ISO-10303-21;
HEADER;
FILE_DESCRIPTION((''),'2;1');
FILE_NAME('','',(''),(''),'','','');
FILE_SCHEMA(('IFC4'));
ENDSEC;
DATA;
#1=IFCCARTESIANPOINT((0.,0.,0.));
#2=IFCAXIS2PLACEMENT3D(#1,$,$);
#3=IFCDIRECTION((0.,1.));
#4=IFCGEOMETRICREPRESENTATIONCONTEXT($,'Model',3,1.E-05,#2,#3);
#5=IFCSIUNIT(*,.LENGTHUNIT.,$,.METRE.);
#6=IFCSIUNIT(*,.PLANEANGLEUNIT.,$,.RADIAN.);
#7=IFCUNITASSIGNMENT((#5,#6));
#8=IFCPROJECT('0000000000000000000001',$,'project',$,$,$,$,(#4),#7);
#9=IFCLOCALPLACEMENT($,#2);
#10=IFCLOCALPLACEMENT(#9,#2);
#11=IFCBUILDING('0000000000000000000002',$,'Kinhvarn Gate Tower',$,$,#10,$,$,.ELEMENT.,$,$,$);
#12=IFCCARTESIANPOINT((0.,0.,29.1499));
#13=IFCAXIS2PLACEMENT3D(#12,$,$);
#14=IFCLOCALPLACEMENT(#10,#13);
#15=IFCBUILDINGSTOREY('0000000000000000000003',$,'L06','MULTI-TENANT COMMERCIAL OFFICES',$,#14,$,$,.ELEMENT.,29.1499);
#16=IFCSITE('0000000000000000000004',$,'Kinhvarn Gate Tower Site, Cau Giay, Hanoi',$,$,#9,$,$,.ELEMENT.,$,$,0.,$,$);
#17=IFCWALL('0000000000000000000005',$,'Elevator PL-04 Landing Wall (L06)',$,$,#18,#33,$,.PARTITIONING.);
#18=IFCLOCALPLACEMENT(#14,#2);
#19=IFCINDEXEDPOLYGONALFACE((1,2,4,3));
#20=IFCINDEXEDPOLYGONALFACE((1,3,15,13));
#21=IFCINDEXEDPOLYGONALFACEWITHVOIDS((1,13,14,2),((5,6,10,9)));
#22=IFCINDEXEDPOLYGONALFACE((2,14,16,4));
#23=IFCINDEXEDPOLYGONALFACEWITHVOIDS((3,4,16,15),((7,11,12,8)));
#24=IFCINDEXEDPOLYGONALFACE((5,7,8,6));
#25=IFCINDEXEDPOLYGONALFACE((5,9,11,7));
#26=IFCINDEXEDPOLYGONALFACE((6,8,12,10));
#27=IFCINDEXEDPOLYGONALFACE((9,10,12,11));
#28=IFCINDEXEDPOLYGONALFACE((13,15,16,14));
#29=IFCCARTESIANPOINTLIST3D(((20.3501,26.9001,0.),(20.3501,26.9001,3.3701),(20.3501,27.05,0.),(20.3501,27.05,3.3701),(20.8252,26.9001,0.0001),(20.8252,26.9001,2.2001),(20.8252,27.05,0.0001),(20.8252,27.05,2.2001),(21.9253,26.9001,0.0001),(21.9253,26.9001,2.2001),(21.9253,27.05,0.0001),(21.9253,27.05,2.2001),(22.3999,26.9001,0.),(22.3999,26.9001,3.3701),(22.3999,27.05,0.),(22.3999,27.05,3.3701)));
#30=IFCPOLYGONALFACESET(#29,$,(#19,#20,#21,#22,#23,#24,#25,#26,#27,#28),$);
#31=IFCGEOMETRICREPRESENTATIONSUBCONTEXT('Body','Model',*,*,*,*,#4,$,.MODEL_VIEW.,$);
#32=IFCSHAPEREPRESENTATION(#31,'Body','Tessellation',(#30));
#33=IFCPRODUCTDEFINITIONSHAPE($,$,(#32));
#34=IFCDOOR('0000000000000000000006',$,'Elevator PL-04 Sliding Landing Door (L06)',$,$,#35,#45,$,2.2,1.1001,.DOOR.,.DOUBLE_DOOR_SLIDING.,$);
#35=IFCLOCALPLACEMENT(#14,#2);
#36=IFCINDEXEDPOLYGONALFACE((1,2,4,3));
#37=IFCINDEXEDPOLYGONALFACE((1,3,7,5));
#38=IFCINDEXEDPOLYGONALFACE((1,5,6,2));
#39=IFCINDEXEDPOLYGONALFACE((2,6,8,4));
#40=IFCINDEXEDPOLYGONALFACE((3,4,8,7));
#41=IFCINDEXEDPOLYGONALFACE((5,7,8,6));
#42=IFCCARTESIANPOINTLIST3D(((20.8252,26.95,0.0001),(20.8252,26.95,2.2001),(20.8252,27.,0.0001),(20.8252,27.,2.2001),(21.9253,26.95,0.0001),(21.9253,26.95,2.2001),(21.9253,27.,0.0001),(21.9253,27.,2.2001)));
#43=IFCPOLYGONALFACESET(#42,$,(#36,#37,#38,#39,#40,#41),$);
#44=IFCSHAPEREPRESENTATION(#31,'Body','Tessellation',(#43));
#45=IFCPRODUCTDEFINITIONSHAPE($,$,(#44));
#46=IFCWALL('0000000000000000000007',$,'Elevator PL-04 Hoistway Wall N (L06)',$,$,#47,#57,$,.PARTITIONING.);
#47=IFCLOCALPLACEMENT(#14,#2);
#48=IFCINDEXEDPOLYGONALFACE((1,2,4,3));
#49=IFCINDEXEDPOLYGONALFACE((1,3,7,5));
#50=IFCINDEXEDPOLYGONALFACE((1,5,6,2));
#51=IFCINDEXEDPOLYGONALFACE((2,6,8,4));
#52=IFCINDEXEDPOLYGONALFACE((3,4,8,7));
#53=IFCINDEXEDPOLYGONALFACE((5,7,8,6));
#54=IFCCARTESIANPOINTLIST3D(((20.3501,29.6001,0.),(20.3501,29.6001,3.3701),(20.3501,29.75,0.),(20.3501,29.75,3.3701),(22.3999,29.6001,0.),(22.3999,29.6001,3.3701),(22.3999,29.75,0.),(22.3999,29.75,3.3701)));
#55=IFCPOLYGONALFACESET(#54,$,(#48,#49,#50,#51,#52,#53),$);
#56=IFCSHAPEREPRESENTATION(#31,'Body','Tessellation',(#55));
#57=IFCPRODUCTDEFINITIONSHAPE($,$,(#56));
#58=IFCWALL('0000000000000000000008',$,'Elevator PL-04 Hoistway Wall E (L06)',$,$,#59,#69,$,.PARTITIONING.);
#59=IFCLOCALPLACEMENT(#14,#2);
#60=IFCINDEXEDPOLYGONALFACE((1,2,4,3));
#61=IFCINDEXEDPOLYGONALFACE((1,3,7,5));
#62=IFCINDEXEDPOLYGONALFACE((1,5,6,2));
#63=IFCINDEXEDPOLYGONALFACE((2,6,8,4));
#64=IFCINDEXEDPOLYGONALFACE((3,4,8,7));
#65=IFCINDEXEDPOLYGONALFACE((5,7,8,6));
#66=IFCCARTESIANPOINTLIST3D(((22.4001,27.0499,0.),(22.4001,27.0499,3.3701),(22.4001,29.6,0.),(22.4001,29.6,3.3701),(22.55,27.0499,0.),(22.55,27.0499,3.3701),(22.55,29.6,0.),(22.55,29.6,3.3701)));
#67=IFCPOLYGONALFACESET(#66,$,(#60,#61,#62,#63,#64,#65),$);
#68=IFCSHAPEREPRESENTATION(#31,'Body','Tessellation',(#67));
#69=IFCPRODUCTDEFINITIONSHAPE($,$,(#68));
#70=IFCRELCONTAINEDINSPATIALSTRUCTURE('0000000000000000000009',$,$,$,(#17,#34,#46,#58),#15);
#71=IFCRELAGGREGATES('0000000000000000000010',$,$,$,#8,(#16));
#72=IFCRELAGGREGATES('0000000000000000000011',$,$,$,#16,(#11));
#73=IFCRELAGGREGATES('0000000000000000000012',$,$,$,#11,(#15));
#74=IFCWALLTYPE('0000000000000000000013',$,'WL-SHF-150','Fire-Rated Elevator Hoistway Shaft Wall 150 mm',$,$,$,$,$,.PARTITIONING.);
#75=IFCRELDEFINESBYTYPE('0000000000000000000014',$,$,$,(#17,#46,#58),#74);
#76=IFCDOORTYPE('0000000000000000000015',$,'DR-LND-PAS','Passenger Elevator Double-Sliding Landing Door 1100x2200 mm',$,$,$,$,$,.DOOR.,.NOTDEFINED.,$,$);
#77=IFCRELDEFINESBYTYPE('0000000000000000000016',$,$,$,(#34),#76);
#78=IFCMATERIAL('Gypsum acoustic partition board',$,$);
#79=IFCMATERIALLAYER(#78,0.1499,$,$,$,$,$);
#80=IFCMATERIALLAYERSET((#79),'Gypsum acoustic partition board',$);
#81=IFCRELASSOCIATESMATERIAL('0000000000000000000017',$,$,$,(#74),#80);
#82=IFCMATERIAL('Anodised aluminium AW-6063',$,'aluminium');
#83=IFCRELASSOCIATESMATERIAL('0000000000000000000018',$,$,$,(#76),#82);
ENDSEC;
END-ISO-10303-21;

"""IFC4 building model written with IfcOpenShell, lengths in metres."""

from ifc_helpers import new_model, si_unit, direction, frame, frame_2d, origin, place, context, subcontext, project, spatial, rectangle, extrude, material, layer, layer_set, type_object, element, fill, save


model = new_model("IFC4")

# Units and contexts
model_context = context("Model", 3, precision=1e-05, world=origin(), true_north=direction((0.0, 1.0)))
body_context = subcontext(model_context, "Body", "Model", "MODEL_VIEW")
ifc_project = project(units=[si_unit("LENGTHUNIT", "METRE"), si_unit("PLANEANGLEUNIT", "RADIAN")], contexts=[model_context])

# Site, building, storey
site_placement = place(None, origin())
site = spatial("IfcSite", under=ifc_project, at=site_placement, Name="Kinhvarn Gate Tower Site, Cau Giay, Hanoi", CompositionType="ELEMENT", RefElevation=0.0)
building_placement = place(site_placement, origin())
building = spatial("IfcBuilding", under=site, at=building_placement, Name="Kinhvarn Gate Tower", CompositionType="ELEMENT")
storey_placement = place(building_placement, frame((0.0, 0.0, 29.1499)))
storey = spatial("IfcBuildingStorey", under=building, at=storey_placement, Name="L06", Description="MULTI-TENANT COMMERCIAL OFFICES", CompositionType="ELEMENT", Elevation=29.1499)

# Shared definitions
ifc_material_1 = material(Name="Anodised aluminium AW-6063", Category="aluminium")
ifc_material_2 = material(Name="Gypsum acoustic partition board")

# Shared definitions
ifc_layer_1 = layer(ifc_material_2, 0.1499)
ifc_layer_set_1 = layer_set([ifc_layer_1], Name="Gypsum acoustic partition board")
wall_type_1 = type_object("IfcWallType", Name="WL-SHF-150", Description="Fire-Rated Elevator Hoistway Shaft Wall 150 mm", PredefinedType="PARTITIONING", material=ifc_layer_set_1)
door_type_1 = type_object("IfcDoorType", Name="DR-LND-PAS", Description="Passenger Elevator Double-Sliding Landing Door 1100x2200 mm", OperationType="NOTDEFINED", PredefinedType="DOOR", material=ifc_material_1)

# Wall, opening, door
wall_1_placement = place(storey_placement, frame((20.3501, 26.9751, 0.0), z_axis=(0.0, 0.0, 1.0), x_axis=(1.0, 0.0, 0.0)))
wall_1 = element("IfcWall", 1, at=wall_1_placement, inside=storey, type_object=wall_type_1, Name="Elevator PL-04 Landing Wall (L06)", PredefinedType="PARTITIONING", context=body_context, shape_type="SweptSolid", body=[
    extrude(rectangle(XDim=2.0498, YDim=0.1499, at=frame_2d((1.0249, 0.0))), origin(), (0.0, 0.0, 1.0), 3.3701),
])
opening_1_placement = place(wall_1_placement, frame((0.4751, 0.0, 0.0)))
opening_1 = element("IfcOpeningElement", 2, at=opening_1_placement, cuts=wall_1, PredefinedType="OPENING", context=body_context, shape_type="SweptSolid", body=[
    extrude(rectangle(XDim=1.1001, YDim=2.2, at=frame_2d((0.55, 1.1001))), frame((0.0, 0.085, 0.0), z_axis=(0.0, -1.0, 0.0), x_axis=(1.0, 0.0, 0.0)), (0.0, 0.0, 1.0), 0.1699),
])
door_1_placement = place(opening_1_placement, origin())
door_1 = element("IfcDoor", 3, at=door_1_placement, inside=storey, type_object=door_type_1, Name="Elevator PL-04 Sliding Landing Door (L06)", OperationType="DOUBLE_DOOR_SLIDING", OverallHeight=2.2, OverallWidth=1.1001, PredefinedType="DOOR", context=body_context, shape_type="SweptSolid", body=[
    extrude(rectangle(XDim=1.1001, YDim=2.2, at=frame_2d((0.55, 1.1001))), frame((0.0, 0.0249, 0.0), z_axis=(0.0, -1.0, 0.0), x_axis=(1.0, 0.0, 0.0)), (0.0, 0.0, 1.0), 0.05),
])
fill(opening_1, door_1)

# Walls
wall_2_placement = place(storey_placement, frame((20.3501, 29.675, 0.0), z_axis=(0.0, 0.0, 1.0), x_axis=(1.0, 0.0, 0.0)))
element("IfcWall", 4, at=wall_2_placement, inside=storey, type_object=wall_type_1, Name="Elevator PL-04 Hoistway Wall N (L06)", PredefinedType="PARTITIONING", context=body_context, shape_type="SweptSolid", body=[
    extrude(rectangle(XDim=2.0498, YDim=0.1499, at=frame_2d((1.0249, 0.0))), origin(), (0.0, 0.0, 1.0), 3.3701),
])
wall_3_placement = place(storey_placement, frame((22.4751, 27.05, 0.0), z_axis=(0.0, 0.0, 1.0), x_axis=(0.0, 1.0, 0.0)))
element("IfcWall", 5, at=wall_3_placement, inside=storey, type_object=wall_type_1, Name="Elevator PL-04 Hoistway Wall E (L06)", PredefinedType="PARTITIONING", context=body_context, shape_type="SweptSolid", body=[
    extrude(rectangle(XDim=2.55, YDim=0.1499, at=frame_2d((1.2749, 0.0))), origin(), (0.0, 0.0, 1.0), 3.3701),
])

save(model, "model.ifc")
